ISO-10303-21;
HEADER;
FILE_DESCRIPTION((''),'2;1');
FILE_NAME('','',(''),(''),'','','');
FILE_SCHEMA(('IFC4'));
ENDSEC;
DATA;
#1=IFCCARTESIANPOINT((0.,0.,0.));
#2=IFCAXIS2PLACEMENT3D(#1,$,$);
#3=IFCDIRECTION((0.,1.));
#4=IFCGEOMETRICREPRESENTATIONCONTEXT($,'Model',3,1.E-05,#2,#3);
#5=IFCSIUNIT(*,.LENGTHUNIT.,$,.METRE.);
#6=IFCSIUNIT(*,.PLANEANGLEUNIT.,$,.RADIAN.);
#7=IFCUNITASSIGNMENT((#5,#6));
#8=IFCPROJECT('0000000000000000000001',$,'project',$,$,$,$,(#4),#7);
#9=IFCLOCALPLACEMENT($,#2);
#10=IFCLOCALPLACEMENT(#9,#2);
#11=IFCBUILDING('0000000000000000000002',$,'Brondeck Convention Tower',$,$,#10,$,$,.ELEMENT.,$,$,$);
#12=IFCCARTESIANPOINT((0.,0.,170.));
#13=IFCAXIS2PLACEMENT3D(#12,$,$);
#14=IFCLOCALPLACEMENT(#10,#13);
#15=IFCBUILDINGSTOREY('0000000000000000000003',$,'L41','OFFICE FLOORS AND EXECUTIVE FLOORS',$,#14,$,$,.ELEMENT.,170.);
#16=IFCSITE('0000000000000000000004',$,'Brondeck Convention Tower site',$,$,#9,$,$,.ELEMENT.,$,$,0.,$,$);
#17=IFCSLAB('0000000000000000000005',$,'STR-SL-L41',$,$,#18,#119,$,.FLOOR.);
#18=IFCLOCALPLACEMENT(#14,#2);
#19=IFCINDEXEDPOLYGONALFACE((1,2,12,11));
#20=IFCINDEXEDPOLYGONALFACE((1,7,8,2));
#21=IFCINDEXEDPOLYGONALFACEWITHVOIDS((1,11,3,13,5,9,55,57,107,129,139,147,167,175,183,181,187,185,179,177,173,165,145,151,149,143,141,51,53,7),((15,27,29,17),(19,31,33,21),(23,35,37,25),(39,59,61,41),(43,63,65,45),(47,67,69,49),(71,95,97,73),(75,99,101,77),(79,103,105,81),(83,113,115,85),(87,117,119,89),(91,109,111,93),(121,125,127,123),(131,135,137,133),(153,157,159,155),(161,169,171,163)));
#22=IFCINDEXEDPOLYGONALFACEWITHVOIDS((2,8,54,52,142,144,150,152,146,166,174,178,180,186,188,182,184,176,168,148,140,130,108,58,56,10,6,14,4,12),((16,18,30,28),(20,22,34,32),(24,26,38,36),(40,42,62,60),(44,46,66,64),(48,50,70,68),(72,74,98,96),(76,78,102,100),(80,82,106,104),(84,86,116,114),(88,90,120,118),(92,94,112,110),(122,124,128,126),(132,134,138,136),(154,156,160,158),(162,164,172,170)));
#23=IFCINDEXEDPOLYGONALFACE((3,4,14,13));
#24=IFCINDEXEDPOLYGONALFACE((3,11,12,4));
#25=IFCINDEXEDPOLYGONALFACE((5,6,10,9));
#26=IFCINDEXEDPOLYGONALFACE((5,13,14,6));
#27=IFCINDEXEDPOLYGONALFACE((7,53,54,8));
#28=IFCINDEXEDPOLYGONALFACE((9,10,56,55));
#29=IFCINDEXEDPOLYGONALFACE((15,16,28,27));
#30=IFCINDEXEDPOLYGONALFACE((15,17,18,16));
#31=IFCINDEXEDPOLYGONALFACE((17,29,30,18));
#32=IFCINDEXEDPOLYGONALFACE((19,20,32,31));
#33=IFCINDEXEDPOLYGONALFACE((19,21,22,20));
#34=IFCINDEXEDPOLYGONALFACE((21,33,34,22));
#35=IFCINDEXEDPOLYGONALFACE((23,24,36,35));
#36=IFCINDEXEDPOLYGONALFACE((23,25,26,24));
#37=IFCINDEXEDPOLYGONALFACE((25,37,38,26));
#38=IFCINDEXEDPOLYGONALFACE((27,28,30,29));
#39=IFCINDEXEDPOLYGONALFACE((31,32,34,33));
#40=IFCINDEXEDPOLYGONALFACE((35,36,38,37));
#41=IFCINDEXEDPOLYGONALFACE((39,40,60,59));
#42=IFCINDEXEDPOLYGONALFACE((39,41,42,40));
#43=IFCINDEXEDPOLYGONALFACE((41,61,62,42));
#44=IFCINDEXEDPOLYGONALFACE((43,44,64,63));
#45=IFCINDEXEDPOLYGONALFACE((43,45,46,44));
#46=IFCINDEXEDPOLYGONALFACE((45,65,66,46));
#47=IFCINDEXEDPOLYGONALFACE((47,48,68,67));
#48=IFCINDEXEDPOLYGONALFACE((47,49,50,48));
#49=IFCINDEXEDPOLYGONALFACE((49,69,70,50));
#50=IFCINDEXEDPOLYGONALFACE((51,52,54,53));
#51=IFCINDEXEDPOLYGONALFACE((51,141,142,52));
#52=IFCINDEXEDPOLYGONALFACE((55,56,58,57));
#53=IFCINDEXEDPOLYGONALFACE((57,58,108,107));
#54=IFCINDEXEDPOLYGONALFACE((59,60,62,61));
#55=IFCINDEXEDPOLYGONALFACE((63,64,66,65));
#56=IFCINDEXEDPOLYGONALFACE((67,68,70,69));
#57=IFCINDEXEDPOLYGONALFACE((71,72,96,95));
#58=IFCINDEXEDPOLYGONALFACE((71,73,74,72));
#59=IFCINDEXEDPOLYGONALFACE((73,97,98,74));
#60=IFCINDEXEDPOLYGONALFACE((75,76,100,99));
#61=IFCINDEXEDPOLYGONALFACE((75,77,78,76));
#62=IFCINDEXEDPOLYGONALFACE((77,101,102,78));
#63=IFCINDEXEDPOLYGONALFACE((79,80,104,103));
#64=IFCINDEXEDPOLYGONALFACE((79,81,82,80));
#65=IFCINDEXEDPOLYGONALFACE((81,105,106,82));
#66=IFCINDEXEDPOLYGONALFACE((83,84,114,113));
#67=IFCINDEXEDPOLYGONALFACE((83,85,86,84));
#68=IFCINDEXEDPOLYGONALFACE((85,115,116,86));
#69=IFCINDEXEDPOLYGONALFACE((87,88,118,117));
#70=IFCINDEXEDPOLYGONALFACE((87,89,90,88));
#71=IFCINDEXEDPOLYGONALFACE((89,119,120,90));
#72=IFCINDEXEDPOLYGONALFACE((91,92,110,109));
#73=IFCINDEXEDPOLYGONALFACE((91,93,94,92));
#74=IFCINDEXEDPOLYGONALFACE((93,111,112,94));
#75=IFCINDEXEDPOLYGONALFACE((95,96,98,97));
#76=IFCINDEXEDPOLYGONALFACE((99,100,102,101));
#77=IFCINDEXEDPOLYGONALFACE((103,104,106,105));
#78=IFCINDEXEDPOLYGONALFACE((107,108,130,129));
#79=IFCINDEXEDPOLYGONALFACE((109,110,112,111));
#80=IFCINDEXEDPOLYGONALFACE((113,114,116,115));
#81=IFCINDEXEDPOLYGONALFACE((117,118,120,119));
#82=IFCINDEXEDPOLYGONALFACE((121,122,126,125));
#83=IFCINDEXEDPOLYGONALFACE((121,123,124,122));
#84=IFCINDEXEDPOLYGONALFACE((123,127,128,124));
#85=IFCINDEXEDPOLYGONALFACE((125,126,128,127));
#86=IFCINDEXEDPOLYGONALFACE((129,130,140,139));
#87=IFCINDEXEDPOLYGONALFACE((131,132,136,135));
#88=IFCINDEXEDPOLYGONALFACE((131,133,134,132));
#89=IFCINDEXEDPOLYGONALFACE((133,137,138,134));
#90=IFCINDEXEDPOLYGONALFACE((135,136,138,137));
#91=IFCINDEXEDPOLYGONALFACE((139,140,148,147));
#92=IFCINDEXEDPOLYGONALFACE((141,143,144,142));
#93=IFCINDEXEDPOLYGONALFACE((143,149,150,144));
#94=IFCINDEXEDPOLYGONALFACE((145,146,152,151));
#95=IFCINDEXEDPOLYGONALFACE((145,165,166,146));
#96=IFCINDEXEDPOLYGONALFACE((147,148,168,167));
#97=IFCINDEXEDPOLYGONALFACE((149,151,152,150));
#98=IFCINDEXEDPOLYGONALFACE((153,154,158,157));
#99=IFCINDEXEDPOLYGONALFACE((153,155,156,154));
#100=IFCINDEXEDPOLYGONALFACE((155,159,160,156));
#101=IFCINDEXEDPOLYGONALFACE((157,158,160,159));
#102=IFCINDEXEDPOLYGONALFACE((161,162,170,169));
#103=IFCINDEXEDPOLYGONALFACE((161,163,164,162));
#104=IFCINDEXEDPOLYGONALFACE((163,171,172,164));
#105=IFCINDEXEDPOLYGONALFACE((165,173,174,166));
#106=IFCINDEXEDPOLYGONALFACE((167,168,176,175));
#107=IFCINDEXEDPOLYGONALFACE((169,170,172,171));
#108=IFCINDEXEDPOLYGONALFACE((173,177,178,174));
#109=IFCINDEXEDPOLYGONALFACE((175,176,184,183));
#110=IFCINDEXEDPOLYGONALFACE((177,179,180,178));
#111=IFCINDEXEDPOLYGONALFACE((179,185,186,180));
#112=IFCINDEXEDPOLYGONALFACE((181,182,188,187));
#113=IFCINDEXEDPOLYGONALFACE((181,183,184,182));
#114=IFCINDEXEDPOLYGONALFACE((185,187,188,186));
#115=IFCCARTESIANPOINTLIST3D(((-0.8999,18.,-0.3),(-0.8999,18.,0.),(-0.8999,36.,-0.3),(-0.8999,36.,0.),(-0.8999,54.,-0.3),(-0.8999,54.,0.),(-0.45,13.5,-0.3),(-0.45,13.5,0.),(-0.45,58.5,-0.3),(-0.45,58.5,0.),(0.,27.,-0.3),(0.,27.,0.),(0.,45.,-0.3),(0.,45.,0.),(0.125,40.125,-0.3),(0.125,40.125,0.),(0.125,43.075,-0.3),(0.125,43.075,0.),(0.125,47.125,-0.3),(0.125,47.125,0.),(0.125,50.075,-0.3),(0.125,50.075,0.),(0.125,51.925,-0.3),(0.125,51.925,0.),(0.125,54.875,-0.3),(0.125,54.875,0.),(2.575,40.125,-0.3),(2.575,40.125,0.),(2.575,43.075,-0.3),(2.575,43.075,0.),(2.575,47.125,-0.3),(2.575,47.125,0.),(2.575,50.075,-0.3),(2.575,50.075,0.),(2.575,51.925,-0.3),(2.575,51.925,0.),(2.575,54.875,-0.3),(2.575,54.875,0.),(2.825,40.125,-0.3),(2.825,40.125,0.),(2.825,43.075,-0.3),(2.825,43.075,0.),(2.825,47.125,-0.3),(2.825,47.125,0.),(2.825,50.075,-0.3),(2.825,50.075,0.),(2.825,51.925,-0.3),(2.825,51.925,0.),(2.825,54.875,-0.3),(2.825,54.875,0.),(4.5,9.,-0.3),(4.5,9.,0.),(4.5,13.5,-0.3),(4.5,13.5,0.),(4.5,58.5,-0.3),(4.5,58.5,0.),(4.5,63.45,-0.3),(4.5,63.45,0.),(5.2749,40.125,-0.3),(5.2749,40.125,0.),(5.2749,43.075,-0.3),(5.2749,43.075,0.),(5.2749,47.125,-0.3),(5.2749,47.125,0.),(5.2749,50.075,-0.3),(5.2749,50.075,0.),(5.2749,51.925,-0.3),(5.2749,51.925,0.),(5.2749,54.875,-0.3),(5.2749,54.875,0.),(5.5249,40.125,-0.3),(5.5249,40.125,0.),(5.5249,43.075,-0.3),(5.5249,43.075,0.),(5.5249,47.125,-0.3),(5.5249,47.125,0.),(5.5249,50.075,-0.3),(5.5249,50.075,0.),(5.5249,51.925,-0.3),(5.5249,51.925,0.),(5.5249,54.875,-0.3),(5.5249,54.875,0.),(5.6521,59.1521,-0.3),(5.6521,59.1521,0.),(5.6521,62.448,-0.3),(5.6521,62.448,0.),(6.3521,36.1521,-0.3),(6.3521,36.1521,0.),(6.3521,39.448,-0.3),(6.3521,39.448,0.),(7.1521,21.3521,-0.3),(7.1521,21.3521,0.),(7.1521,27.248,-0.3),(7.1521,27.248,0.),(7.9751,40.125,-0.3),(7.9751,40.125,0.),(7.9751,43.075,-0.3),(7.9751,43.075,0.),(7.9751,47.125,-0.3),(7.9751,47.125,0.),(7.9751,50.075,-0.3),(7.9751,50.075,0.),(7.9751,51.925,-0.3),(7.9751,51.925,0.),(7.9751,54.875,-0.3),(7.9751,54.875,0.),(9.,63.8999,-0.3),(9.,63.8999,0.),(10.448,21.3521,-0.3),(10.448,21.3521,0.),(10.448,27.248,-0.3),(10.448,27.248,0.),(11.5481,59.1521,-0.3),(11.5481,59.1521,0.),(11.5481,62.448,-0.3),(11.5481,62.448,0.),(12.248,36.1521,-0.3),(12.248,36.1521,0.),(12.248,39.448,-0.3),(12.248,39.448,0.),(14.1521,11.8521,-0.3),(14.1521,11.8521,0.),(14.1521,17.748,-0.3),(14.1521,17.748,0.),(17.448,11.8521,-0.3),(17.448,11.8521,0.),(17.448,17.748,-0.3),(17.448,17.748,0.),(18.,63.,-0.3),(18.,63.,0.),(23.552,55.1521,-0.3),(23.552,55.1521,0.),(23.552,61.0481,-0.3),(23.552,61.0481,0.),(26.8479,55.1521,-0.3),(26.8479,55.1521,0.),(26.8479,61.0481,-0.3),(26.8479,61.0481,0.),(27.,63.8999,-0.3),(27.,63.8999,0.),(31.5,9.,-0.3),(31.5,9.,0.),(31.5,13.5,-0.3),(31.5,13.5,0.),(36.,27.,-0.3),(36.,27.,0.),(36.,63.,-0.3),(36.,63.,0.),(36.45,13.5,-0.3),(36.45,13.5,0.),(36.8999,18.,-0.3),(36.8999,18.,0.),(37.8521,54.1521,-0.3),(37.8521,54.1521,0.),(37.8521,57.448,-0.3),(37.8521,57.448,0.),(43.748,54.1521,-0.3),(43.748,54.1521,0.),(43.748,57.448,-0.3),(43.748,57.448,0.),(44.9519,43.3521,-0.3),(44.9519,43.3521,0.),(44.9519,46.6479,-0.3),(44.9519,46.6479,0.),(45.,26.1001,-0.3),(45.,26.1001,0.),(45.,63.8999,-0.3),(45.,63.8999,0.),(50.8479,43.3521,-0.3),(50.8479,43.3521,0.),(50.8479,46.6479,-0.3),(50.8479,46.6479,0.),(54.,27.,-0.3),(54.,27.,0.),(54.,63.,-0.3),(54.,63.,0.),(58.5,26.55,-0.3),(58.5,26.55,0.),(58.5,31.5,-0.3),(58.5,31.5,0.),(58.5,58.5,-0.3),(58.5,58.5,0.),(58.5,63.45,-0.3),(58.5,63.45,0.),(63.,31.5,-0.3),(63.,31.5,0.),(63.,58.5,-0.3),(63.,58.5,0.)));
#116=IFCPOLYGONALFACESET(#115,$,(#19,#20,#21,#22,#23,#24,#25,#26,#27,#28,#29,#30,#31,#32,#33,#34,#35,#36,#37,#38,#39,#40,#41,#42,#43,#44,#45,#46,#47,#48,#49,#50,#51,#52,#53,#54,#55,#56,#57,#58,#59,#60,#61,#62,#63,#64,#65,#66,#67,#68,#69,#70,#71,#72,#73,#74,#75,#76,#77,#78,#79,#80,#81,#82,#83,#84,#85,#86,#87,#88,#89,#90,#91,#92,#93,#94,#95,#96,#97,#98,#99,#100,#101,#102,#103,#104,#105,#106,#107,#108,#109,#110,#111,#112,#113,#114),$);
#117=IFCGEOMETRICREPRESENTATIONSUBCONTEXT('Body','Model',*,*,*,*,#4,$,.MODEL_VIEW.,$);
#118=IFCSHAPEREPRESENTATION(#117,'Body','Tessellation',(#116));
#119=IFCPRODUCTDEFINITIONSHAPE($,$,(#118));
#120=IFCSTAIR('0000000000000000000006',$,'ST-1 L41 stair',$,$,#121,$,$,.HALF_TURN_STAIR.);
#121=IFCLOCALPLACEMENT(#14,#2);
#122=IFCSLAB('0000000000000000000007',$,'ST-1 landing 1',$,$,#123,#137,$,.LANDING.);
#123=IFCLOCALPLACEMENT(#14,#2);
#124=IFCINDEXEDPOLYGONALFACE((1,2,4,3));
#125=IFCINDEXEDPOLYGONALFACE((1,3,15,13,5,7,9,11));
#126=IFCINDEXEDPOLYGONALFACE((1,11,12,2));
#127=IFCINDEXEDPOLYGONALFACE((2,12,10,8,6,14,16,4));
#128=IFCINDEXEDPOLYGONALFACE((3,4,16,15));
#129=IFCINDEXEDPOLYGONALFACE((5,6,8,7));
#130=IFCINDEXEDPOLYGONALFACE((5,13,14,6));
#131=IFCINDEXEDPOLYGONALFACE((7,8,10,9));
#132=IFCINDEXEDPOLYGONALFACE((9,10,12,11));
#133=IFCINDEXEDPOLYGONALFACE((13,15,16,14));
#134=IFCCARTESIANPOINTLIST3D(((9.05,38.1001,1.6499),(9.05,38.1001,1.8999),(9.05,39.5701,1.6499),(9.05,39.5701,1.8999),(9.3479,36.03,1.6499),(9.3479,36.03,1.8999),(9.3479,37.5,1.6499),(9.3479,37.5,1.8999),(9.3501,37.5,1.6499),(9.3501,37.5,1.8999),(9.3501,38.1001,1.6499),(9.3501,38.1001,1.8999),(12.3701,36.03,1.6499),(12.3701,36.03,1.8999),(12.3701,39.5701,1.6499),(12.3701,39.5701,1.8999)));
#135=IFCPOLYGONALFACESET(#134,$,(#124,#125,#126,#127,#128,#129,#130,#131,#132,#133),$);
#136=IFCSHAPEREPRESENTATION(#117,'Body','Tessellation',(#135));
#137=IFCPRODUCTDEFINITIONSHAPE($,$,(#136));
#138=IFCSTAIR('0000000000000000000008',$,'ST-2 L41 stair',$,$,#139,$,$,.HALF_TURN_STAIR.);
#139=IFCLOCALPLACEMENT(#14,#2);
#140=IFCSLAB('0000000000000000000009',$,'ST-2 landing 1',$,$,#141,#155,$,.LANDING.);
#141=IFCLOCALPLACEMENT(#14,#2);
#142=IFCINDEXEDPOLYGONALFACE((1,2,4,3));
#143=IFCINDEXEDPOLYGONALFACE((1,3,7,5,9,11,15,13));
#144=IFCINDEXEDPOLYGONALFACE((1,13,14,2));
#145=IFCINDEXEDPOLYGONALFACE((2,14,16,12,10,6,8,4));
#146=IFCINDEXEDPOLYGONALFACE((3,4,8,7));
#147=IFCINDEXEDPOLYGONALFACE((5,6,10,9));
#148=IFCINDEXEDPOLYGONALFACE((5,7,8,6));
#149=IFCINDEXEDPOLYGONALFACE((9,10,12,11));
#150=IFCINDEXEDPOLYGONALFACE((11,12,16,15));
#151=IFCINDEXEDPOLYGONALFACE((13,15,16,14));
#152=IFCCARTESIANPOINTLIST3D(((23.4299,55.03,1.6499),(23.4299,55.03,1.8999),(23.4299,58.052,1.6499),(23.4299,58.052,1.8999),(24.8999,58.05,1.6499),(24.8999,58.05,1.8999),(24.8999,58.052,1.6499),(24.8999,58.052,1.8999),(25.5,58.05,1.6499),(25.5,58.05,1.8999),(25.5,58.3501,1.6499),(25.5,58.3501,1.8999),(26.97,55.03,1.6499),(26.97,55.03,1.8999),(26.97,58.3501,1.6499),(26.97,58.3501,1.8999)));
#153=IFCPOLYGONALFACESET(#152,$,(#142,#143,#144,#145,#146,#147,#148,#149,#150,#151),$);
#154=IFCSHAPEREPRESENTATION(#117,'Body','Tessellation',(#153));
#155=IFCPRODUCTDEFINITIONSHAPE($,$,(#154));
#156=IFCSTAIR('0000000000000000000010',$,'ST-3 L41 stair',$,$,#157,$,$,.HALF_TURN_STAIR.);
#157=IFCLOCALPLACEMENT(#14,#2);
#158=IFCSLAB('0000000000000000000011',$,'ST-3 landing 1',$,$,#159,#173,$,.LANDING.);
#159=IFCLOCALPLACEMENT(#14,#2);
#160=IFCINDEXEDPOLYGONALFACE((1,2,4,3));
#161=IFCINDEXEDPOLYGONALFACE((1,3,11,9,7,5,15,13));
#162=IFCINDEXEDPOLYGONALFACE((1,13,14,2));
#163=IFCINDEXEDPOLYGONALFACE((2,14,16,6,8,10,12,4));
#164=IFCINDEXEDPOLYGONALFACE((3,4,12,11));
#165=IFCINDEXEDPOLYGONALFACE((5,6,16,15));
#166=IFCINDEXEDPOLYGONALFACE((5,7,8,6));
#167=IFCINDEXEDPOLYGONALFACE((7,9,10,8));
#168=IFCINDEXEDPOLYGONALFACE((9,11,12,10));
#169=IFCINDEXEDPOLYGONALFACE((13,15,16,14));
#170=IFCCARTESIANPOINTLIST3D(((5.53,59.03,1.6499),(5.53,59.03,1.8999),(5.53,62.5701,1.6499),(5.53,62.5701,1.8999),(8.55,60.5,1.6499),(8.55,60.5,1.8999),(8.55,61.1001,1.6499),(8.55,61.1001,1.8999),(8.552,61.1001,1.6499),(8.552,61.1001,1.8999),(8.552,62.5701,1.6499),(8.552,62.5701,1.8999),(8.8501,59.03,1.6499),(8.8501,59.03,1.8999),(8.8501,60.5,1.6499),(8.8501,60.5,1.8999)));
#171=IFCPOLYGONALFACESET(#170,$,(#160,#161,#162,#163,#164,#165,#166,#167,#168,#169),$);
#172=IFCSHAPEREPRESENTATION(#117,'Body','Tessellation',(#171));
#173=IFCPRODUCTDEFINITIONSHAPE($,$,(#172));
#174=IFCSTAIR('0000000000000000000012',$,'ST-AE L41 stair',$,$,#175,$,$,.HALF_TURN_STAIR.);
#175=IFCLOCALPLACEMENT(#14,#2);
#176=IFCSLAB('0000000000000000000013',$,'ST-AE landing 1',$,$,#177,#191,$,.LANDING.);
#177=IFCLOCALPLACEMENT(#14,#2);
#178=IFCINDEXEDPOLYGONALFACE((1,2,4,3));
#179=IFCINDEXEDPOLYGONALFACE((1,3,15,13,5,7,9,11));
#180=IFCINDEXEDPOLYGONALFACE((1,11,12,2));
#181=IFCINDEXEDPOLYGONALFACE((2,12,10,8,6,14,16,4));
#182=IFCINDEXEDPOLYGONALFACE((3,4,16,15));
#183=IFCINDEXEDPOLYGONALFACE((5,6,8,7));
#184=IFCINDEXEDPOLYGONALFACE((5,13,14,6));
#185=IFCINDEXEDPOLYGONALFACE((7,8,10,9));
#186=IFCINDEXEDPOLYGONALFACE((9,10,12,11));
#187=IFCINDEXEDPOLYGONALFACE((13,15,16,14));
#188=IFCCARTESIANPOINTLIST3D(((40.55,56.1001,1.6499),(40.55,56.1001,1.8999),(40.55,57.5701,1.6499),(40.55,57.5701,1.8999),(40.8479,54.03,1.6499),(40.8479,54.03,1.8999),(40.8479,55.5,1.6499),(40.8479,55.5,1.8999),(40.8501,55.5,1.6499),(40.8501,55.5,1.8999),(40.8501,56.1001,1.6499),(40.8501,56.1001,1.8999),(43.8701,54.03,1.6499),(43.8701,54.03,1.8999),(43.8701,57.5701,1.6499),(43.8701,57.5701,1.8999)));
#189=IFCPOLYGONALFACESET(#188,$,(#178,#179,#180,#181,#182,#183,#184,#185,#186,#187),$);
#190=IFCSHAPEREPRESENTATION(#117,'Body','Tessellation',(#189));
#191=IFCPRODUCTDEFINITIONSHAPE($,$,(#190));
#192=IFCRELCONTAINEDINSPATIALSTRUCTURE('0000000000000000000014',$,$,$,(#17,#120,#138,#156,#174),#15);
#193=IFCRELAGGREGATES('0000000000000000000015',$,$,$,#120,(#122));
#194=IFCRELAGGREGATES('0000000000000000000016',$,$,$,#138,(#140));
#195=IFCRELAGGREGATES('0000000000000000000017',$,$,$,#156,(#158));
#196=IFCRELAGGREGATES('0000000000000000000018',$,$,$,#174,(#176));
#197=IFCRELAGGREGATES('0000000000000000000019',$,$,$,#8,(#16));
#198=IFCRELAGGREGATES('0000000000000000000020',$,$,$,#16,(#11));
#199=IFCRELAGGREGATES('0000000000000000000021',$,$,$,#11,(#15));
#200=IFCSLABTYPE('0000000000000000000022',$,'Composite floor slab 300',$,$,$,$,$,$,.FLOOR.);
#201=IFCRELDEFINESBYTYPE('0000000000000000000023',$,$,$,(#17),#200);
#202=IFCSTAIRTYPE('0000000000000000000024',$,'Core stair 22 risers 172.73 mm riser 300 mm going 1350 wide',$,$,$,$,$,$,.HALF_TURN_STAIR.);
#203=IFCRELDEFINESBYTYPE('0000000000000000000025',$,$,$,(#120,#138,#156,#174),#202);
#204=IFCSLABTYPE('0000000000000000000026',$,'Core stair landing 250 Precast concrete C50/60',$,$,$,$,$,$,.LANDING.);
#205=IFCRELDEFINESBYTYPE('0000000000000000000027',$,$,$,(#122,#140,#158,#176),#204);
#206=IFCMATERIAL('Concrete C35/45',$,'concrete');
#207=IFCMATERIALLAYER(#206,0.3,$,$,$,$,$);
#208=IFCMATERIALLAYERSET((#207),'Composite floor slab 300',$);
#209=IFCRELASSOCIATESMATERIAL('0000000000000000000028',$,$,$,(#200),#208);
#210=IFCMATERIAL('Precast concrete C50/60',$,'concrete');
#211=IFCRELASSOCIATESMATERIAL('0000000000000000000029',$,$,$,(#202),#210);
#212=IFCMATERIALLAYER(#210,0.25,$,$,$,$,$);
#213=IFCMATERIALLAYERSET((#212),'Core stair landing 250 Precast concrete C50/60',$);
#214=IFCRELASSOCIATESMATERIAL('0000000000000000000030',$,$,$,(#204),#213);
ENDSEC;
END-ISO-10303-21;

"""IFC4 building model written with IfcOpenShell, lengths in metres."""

from ifc_helpers import new_model, si_unit, direction, frame, origin, place, context, subcontext, project, spatial, polyline, outline, extrude, material, layer, layer_set, type_object, element, aggregate, save


model = new_model("IFC4")

# Units and contexts
model_context = context("Model", 3, precision=1e-05, world=origin(), true_north=direction((0.0, 1.0)))
body_context = subcontext(model_context, "Body", "Model", "MODEL_VIEW")
ifc_project = project(units=[si_unit("LENGTHUNIT", "METRE"), si_unit("PLANEANGLEUNIT", "RADIAN")], contexts=[model_context])

# Site, building, storey
site_placement = place(None, origin())
site = spatial("IfcSite", under=ifc_project, at=site_placement, Name="Brondeck Convention Tower site", CompositionType="ELEMENT", RefElevation=0.0)
building_placement = place(site_placement, origin())
building = spatial("IfcBuilding", under=site, at=building_placement, Name="Brondeck Convention Tower", CompositionType="ELEMENT")
storey_placement = place(building_placement, frame((0.0, 0.0, 170.0)))
storey = spatial("IfcBuildingStorey", under=building, at=storey_placement, Name="L41", Description="OFFICE FLOORS AND EXECUTIVE FLOORS", CompositionType="ELEMENT", Elevation=170.0)

# Slab
ifc_material_1 = material(Name="Concrete C35/45", Category="concrete")
ifc_layer_1 = layer(ifc_material_1, 0.3)
ifc_layer_set_1 = layer_set([ifc_layer_1], Name="Composite floor slab 300")
slab_type_1 = type_object("IfcSlabType", Name="Composite floor slab 300", PredefinedType="FLOOR", material=ifc_layer_set_1)
slab_1_placement = place(storey_placement, frame((0.0, 0.0, -0.3)))
element("IfcSlab", 1, at=slab_1_placement, inside=storey, type_object=slab_type_1, Name="STR-SL-L41", PredefinedType="FLOOR", context=body_context, shape_type="SweptSolid", body=[
    extrude(outline(polyline([(4.5, 13.5), (-0.45, 13.5), (-0.8999, 18.0), (0.0, 27.0), (-0.8999, 36.0), (0.0, 45.0), (-0.8999, 54.0), (-0.45, 58.5), (4.5, 58.5), (4.5, 63.45), (9.0, 63.8999), (18.0, 63.0), (27.0, 63.8999), (36.0, 63.0), (45.0, 63.8999), (54.0, 63.0), (58.5, 63.45), (58.5, 58.5), (63.0, 58.5), (63.0, 31.5), (58.5, 31.5), (58.5, 26.55), (54.0, 27.0), (45.0, 26.1001), (36.0, 27.0), (36.8999, 18.0), (36.45, 13.5), (31.5, 13.5), (31.5, 9.0), (4.5, 9.0), (4.5, 13.5)]), holes=[polyline([(2.575, 40.125), (2.575, 43.075), (0.125, 43.075), (0.125, 40.125), (2.575, 40.125)]), polyline([(5.2749, 40.125), (5.2749, 43.075), (2.825, 43.075), (2.825, 40.125), (5.2749, 40.125)]), polyline([(7.9751, 40.125), (7.9751, 43.075), (5.5249, 43.075), (5.5249, 40.125), (7.9751, 40.125)]), polyline([(2.575, 47.125), (2.575, 50.075), (0.125, 50.075), (0.125, 47.125), (2.575, 47.125)]), polyline([(5.2749, 47.125), (5.2749, 50.075), (2.825, 50.075), (2.825, 47.125), (5.2749, 47.125)]), polyline([(7.9751, 47.125), (7.9751, 50.075), (5.5249, 50.075), (5.5249, 47.125), (7.9751, 47.125)]), polyline([(2.575, 51.925), (2.575, 54.875), (0.125, 54.875), (0.125, 51.925), (2.575, 51.925)]), polyline([(5.2749, 51.925), (5.2749, 54.875), (2.825, 54.875), (2.825, 51.925), (5.2749, 51.925)]), polyline([(17.448, 17.748), (14.1521, 17.748), (14.1521, 11.8521), (17.448, 11.8521), (17.448, 17.748)]), polyline([(10.448, 27.248), (7.1521, 27.248), (7.1521, 21.3521), (10.448, 21.3521), (10.448, 27.248)]), polyline([(12.248, 36.1521), (12.248, 39.448), (6.3521, 39.448), (6.3521, 36.1521), (12.248, 36.1521)]), polyline([(50.8479, 43.3521), (50.8479, 46.6479), (44.9519, 46.6479), (44.9519, 43.3521), (50.8479, 43.3521)]), polyline([(7.9751, 51.925), (7.9751, 54.875), (5.5249, 54.875), (5.5249, 51.925), (7.9751, 51.925)]), polyline([(43.748, 54.1521), (43.748, 57.448), (37.8521, 57.448), (37.8521, 54.1521), (43.748, 54.1521)]), polyline([(23.552, 55.1521), (26.8479, 55.1521), (26.8479, 61.0481), (23.552, 61.0481), (23.552, 55.1521)]), polyline([(5.6521, 62.448), (5.6521, 59.1521), (11.5481, 59.1521), (11.5481, 62.448), (5.6521, 62.448)])]), origin(), (0.0, 0.0, 1.0), 0.3),
])

# Stairs, slabs
ifc_material_2 = material(Name="Precast concrete C50/60", Category="concrete")
stair_type = type_object("IfcStairType", Name="Core stair 22 risers 172.73 mm riser 300 mm going 1350 wide", PredefinedType="HALF_TURN_STAIR", material=ifc_material_2)
stair_1_placement = place(storey_placement, origin())
stair_1 = element("IfcStair", 2, at=stair_1_placement, inside=storey, type_object=stair_type, Name="ST-1 L41 stair", PredefinedType="HALF_TURN_STAIR")
ifc_layer_2 = layer(ifc_material_2, 0.25)
ifc_layer_set_2 = layer_set([ifc_layer_2], Name="Core stair landing 250 Precast concrete C50/60")
slab_type_2 = type_object("IfcSlabType", Name="Core stair landing 250 Precast concrete C50/60", PredefinedType="LANDING", material=ifc_layer_set_2)
slab_2_placement = place(storey_placement, frame((0.0, 0.0, 1.6499)))
slab_2 = element("IfcSlab", 3, at=slab_2_placement, type_object=slab_type_2, Name="ST-1 landing 1", PredefinedType="LANDING", context=body_context, shape_type="SweptSolid", body=[
    extrude(outline(polyline([(9.3479, 37.5), (9.3501, 37.5), (9.3501, 38.1001), (9.05, 38.1001), (9.05, 39.5701), (12.3701, 39.5701), (12.3701, 36.03), (9.3479, 36.03), (9.3479, 37.5)])), origin(), (0.0, 0.0, 1.0), 0.25),
])
aggregate(stair_1, [slab_2])
stair_2_placement = place(storey_placement, origin())
stair_2 = element("IfcStair", 4, at=stair_2_placement, inside=storey, type_object=stair_type, Name="ST-2 L41 stair", PredefinedType="HALF_TURN_STAIR")
slab_3_placement = place(storey_placement, frame((0.0, 0.0, 1.6499)))
slab_3 = element("IfcSlab", 5, at=slab_3_placement, type_object=slab_type_2, Name="ST-2 landing 1", PredefinedType="LANDING", context=body_context, shape_type="SweptSolid", body=[
    extrude(outline(polyline([(23.4299, 58.052), (24.8999, 58.052), (24.8999, 58.05), (25.5, 58.05), (25.5, 58.3501), (26.97, 58.3501), (26.97, 55.03), (23.4299, 55.03), (23.4299, 58.052)])), origin(), (0.0, 0.0, 1.0), 0.25),
])
aggregate(stair_2, [slab_3])
stair_3_placement = place(storey_placement, origin())
stair_3 = element("IfcStair", 6, at=stair_3_placement, inside=storey, type_object=stair_type, Name="ST-3 L41 stair", PredefinedType="HALF_TURN_STAIR")
slab_4_placement = place(storey_placement, frame((0.0, 0.0, 1.6499)))
slab_4 = element("IfcSlab", 7, at=slab_4_placement, type_object=slab_type_2, Name="ST-3 landing 1", PredefinedType="LANDING", context=body_context, shape_type="SweptSolid", body=[
    extrude(outline(polyline([(8.8501, 60.5), (8.8501, 59.03), (5.53, 59.03), (5.53, 62.5701), (8.552, 62.5701), (8.552, 61.1001), (8.55, 61.1001), (8.55, 60.5), (8.8501, 60.5)])), origin(), (0.0, 0.0, 1.0), 0.25),
])
aggregate(stair_3, [slab_4])
stair_4_placement = place(storey_placement, origin())
stair_4 = element("IfcStair", 8, at=stair_4_placement, inside=storey, type_object=stair_type, Name="ST-AE L41 stair", PredefinedType="HALF_TURN_STAIR")
slab_5_placement = place(storey_placement, frame((0.0, 0.0, 1.6499)))
slab_5 = element("IfcSlab", 9, at=slab_5_placement, type_object=slab_type_2, Name="ST-AE landing 1", PredefinedType="LANDING", context=body_context, shape_type="SweptSolid", body=[
    extrude(outline(polyline([(40.8479, 55.5), (40.8501, 55.5), (40.8501, 56.1001), (40.55, 56.1001), (40.55, 57.5701), (43.8701, 57.5701), (43.8701, 54.03), (40.8479, 54.03), (40.8479, 55.5)])), origin(), (0.0, 0.0, 1.0), 0.25),
])
aggregate(stair_4, [slab_5])

save(model, "model.ifc")
